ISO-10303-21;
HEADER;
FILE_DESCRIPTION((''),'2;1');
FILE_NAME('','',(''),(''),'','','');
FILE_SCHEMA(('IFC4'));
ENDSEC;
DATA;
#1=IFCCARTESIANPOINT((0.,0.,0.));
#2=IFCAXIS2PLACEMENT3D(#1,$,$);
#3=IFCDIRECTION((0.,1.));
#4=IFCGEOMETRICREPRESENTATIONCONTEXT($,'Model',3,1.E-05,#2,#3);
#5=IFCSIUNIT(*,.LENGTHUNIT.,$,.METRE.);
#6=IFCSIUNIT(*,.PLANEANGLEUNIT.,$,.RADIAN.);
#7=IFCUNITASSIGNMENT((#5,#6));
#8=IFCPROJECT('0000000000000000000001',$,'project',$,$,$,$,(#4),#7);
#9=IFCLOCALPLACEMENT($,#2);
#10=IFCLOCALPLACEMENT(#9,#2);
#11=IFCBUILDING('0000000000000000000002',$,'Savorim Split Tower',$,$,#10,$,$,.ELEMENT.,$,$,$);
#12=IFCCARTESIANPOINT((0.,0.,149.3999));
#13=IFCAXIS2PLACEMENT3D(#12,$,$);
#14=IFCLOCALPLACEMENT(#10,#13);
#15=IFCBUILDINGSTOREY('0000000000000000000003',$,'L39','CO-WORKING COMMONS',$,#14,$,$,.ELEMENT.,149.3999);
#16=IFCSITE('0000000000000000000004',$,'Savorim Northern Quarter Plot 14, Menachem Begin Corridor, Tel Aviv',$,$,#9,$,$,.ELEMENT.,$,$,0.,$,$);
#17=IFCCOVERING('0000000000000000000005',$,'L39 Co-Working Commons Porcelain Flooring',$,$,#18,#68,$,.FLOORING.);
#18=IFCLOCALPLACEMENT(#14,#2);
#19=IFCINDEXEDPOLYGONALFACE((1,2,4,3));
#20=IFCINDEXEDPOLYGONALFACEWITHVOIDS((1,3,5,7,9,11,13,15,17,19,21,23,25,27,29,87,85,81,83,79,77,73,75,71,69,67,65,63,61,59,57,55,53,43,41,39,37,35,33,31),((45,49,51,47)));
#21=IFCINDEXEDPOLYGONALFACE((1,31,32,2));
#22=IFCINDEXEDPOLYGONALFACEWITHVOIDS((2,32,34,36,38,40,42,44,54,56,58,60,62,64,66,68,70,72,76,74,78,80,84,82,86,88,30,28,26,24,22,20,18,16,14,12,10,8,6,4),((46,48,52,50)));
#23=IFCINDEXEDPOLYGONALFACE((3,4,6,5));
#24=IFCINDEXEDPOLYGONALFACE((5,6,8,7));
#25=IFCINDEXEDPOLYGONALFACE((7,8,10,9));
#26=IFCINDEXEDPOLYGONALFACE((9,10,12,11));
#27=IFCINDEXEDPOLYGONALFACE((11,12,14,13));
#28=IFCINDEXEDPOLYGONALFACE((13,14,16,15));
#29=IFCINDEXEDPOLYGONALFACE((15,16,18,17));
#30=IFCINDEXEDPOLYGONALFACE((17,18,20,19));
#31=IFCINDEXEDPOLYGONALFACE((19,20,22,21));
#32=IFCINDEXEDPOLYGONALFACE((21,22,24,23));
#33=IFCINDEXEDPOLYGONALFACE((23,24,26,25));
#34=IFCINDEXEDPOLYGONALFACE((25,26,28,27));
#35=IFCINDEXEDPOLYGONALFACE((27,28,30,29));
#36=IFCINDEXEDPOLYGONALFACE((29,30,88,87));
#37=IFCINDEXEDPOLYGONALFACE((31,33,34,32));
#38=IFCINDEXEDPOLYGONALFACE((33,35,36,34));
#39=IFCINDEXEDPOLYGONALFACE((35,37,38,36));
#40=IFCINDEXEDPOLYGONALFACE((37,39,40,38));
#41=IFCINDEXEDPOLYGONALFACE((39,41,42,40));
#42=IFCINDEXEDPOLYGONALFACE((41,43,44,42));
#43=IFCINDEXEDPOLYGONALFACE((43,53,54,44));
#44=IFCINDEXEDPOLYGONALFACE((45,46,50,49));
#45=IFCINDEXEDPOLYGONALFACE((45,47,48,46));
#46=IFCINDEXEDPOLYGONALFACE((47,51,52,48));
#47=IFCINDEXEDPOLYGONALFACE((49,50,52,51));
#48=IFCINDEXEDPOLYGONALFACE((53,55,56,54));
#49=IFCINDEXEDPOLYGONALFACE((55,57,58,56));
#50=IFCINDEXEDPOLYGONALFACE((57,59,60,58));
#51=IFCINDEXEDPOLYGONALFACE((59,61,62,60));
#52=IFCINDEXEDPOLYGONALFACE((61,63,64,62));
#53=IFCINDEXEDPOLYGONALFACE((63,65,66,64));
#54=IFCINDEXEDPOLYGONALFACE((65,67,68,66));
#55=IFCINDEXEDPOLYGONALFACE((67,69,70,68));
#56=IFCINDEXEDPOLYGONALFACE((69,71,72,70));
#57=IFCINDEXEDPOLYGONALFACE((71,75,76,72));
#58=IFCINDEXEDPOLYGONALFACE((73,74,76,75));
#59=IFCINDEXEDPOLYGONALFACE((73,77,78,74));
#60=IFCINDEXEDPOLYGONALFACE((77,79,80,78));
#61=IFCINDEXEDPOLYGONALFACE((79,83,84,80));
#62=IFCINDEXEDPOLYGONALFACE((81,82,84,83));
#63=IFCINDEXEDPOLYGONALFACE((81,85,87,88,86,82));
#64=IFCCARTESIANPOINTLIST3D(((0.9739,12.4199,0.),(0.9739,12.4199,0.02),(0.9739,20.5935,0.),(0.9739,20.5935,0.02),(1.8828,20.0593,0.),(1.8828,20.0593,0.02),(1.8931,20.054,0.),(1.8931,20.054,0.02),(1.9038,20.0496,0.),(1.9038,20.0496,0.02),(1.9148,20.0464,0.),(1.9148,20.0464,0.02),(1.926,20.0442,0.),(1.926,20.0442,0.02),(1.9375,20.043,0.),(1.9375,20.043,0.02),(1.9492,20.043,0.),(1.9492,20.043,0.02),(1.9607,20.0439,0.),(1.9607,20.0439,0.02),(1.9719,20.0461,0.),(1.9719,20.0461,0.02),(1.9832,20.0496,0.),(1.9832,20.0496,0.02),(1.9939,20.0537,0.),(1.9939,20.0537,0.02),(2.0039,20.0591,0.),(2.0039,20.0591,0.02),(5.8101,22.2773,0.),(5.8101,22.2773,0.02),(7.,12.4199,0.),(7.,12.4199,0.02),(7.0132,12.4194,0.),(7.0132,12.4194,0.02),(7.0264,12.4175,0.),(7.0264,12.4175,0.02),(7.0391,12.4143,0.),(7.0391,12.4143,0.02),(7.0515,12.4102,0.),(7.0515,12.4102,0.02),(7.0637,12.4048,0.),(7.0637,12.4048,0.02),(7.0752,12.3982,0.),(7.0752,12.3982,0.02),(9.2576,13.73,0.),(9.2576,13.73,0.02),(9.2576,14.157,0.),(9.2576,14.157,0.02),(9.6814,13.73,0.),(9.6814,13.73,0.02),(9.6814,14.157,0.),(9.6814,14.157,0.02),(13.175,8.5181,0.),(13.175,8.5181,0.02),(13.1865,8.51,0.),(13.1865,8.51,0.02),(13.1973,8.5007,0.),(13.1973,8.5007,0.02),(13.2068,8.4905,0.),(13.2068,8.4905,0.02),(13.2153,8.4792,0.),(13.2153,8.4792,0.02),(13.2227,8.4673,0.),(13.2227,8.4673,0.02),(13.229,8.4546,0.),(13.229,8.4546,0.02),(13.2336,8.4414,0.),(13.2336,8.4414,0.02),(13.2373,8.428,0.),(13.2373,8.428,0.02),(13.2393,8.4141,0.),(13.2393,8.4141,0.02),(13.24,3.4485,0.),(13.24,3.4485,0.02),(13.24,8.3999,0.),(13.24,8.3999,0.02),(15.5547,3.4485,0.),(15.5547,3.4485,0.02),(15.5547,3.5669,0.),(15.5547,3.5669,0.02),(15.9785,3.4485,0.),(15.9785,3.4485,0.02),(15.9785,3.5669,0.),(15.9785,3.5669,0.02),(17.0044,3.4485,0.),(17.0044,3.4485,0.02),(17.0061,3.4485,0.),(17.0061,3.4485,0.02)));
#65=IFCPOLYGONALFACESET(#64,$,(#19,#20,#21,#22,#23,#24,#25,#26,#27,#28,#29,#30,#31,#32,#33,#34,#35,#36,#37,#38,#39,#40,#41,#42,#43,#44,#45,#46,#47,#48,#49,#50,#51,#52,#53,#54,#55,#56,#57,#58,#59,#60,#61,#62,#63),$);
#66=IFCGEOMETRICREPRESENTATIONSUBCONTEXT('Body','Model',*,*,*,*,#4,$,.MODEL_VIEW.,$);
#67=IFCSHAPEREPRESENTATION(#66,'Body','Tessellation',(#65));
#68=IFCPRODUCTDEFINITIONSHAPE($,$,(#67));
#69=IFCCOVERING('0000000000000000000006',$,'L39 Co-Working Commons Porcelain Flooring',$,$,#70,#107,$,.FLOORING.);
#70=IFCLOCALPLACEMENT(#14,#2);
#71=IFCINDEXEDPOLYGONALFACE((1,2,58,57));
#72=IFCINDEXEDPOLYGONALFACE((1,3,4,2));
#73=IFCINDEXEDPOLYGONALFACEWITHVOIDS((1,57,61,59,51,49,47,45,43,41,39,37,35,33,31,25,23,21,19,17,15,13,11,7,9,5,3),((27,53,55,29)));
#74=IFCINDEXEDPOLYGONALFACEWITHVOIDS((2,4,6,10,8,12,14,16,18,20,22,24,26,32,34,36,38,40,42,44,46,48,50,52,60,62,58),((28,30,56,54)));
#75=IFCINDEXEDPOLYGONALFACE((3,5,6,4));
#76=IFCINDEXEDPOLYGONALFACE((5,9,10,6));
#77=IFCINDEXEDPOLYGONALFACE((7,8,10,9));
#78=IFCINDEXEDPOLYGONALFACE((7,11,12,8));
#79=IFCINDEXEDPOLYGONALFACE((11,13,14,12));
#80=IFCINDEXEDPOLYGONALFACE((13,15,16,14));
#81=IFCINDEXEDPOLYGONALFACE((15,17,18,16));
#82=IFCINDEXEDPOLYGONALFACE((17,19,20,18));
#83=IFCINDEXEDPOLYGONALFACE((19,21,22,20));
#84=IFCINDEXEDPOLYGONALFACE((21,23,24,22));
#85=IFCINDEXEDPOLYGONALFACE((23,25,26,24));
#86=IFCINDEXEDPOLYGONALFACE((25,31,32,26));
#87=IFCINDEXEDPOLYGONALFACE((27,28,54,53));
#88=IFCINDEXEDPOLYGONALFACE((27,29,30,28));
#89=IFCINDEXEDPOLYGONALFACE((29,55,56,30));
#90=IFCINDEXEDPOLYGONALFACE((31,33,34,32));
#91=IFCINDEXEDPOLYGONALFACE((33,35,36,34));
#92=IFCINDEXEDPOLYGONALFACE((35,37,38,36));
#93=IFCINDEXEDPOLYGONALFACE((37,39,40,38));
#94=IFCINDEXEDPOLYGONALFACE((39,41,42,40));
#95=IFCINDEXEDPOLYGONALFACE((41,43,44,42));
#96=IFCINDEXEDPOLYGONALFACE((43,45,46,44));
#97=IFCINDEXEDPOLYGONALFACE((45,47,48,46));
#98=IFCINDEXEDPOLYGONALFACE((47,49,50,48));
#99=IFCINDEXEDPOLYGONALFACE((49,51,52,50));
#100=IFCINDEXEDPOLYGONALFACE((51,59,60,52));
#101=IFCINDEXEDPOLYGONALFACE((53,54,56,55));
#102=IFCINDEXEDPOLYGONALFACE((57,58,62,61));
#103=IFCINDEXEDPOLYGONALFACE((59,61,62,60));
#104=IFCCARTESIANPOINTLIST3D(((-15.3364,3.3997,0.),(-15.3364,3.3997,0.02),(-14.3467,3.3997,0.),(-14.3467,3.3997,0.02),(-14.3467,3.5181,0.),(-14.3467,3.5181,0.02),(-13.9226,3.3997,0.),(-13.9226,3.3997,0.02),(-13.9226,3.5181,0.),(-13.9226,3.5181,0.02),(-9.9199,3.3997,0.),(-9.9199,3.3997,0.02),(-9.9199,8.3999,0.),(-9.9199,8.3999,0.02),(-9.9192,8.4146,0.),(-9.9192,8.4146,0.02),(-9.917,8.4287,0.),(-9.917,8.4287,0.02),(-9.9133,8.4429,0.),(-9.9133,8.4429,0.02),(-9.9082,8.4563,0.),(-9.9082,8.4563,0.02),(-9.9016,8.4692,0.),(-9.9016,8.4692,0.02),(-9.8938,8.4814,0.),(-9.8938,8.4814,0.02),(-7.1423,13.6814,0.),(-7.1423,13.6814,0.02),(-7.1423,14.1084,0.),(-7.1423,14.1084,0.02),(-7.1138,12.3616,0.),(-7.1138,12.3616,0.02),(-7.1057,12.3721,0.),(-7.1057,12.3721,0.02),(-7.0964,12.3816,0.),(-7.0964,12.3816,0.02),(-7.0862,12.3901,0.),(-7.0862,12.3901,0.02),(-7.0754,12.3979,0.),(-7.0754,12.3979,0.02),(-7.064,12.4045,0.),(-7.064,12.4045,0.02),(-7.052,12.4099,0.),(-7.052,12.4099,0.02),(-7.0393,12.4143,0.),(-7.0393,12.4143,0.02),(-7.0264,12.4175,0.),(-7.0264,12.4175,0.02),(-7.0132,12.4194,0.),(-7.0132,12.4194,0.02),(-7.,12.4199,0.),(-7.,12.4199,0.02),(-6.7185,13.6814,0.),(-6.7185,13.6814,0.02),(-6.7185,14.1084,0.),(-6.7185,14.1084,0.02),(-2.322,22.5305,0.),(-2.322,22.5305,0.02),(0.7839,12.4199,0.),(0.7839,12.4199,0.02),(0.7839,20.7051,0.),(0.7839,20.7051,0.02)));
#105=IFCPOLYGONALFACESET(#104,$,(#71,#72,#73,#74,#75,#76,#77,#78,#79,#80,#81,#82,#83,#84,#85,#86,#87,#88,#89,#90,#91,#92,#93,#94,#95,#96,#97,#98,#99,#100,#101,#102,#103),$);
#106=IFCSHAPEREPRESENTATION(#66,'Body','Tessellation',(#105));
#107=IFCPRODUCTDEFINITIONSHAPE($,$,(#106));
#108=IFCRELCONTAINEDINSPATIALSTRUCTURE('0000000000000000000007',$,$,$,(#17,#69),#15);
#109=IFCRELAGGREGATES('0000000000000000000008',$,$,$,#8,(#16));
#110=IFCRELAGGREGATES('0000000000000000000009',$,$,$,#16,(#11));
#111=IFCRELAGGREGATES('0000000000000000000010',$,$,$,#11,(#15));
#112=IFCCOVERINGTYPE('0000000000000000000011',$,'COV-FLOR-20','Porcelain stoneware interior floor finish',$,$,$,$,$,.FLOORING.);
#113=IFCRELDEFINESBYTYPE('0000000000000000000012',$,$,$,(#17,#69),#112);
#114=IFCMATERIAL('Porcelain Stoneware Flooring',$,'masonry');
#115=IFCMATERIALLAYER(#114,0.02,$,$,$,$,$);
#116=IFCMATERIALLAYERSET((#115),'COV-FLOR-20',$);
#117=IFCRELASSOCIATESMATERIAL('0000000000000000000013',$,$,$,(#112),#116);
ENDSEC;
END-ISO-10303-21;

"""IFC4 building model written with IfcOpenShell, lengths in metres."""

from ifc_helpers import new_model, si_unit, direction, frame, origin, place, context, subcontext, project, spatial, polyline, outline, extrude, material, layer, layer_set, type_object, element, save


model = new_model("IFC4")

# Units and contexts
model_context = context("Model", 3, precision=1e-05, world=origin(), true_north=direction((0.0, 1.0)))
body_context = subcontext(model_context, "Body", "Model", "MODEL_VIEW")
ifc_project = project(units=[si_unit("LENGTHUNIT", "METRE"), si_unit("PLANEANGLEUNIT", "RADIAN")], contexts=[model_context])

# Site, building, storey
site_placement = place(None, origin())
site = spatial("IfcSite", under=ifc_project, at=site_placement, Name="Savorim Northern Quarter Plot 14, Menachem Begin Corridor, Tel Aviv", CompositionType="ELEMENT", RefElevation=0.0)
building_placement = place(site_placement, origin())
building = spatial("IfcBuilding", under=site, at=building_placement, Name="Savorim Split Tower", CompositionType="ELEMENT")
storey_placement = place(building_placement, frame((0.0, 0.0, 149.3999)))
storey = spatial("IfcBuildingStorey", under=building, at=storey_placement, Name="L39", Description="CO-WORKING COMMONS", CompositionType="ELEMENT", Elevation=149.3999)

# Coverings
ifc_material_1 = material(Name="Porcelain Stoneware Flooring", Category="masonry")
ifc_layer_1 = layer(ifc_material_1, 0.02)
ifc_layer_set_1 = layer_set([ifc_layer_1], Name="COV-FLOR-20")
covering_type_1 = type_object("IfcCoveringType", Name="COV-FLOR-20", Description="Porcelain stoneware interior floor finish", PredefinedType="FLOORING", material=ifc_layer_set_1)
covering_1_placement = place(storey_placement, origin())
element("IfcCovering", 1, at=covering_1_placement, inside=storey, type_object=covering_type_1, Name="L39 Co-Working Commons Porcelain Flooring", PredefinedType="FLOORING", context=body_context, shape_type="SweptSolid", body=[
    extrude(outline(polyline([(1.9038, 20.0496), (1.8931, 20.054), (1.8828, 20.0593), (0.9739, 20.5935), (0.9739, 12.4199), (7.0, 12.4199), (7.0132, 12.4194), (7.0264, 12.4175), (7.0391, 12.4143), (7.0515, 12.4102), (7.0637, 12.4048), (7.0752, 12.3982), (13.175, 8.5181), (13.1865, 8.51), (13.1973, 8.5007), (13.2068, 8.4905), (13.2153, 8.4792), (13.2227, 8.4673), (13.229, 8.4546), (13.2336, 8.4414), (13.2373, 8.428), (13.2393, 8.4141), (13.24, 8.3999), (13.24, 3.4485), (15.5547, 3.4485), (15.5547, 3.5669), (15.9785, 3.5669), (15.9785, 3.4485), (17.0044, 3.4485), (17.0061, 3.4485), (5.8101, 22.2773), (2.0039, 20.0591), (1.9939, 20.0537), (1.9832, 20.0496), (1.9719, 20.0461), (1.9607, 20.0439), (1.9492, 20.043), (1.9375, 20.043), (1.926, 20.0442), (1.9148, 20.0464), (1.9038, 20.0496)]), holes=[polyline([(9.6814, 14.157), (9.2576, 14.157), (9.2576, 13.73), (9.6814, 13.73), (9.6814, 14.157)])]), origin(), (0.0, 0.0, 1.0), 0.02),
])
covering_2_placement = place(storey_placement, origin())
element("IfcCovering", 2, at=covering_2_placement, inside=storey, type_object=covering_type_1, Name="L39 Co-Working Commons Porcelain Flooring", PredefinedType="FLOORING", context=body_context, shape_type="SweptSolid", body=[
    extrude(outline(polyline([(-7.0, 12.4199), (0.7839, 12.4199), (0.7839, 20.7051), (-2.322, 22.5305), (-15.3364, 3.3997), (-14.3467, 3.3997), (-14.3467, 3.5181), (-13.9226, 3.5181), (-13.9226, 3.3997), (-9.9199, 3.3997), (-9.9199, 8.3999), (-9.9192, 8.4146), (-9.917, 8.4287), (-9.9133, 8.4429), (-9.9082, 8.4563), (-9.9016, 8.4692), (-9.8938, 8.4814), (-7.1138, 12.3616), (-7.1057, 12.3721), (-7.0964, 12.3816), (-7.0862, 12.3901), (-7.0754, 12.3979), (-7.064, 12.4045), (-7.052, 12.4099), (-7.0393, 12.4143), (-7.0264, 12.4175), (-7.0132, 12.4194), (-7.0, 12.4199)]), holes=[polyline([(-6.7185, 14.1084), (-7.1423, 14.1084), (-7.1423, 13.6814), (-6.7185, 13.6814), (-6.7185, 14.1084)])]), origin(), (0.0, 0.0, 1.0), 0.02),
])

save(model, "model.ifc")
